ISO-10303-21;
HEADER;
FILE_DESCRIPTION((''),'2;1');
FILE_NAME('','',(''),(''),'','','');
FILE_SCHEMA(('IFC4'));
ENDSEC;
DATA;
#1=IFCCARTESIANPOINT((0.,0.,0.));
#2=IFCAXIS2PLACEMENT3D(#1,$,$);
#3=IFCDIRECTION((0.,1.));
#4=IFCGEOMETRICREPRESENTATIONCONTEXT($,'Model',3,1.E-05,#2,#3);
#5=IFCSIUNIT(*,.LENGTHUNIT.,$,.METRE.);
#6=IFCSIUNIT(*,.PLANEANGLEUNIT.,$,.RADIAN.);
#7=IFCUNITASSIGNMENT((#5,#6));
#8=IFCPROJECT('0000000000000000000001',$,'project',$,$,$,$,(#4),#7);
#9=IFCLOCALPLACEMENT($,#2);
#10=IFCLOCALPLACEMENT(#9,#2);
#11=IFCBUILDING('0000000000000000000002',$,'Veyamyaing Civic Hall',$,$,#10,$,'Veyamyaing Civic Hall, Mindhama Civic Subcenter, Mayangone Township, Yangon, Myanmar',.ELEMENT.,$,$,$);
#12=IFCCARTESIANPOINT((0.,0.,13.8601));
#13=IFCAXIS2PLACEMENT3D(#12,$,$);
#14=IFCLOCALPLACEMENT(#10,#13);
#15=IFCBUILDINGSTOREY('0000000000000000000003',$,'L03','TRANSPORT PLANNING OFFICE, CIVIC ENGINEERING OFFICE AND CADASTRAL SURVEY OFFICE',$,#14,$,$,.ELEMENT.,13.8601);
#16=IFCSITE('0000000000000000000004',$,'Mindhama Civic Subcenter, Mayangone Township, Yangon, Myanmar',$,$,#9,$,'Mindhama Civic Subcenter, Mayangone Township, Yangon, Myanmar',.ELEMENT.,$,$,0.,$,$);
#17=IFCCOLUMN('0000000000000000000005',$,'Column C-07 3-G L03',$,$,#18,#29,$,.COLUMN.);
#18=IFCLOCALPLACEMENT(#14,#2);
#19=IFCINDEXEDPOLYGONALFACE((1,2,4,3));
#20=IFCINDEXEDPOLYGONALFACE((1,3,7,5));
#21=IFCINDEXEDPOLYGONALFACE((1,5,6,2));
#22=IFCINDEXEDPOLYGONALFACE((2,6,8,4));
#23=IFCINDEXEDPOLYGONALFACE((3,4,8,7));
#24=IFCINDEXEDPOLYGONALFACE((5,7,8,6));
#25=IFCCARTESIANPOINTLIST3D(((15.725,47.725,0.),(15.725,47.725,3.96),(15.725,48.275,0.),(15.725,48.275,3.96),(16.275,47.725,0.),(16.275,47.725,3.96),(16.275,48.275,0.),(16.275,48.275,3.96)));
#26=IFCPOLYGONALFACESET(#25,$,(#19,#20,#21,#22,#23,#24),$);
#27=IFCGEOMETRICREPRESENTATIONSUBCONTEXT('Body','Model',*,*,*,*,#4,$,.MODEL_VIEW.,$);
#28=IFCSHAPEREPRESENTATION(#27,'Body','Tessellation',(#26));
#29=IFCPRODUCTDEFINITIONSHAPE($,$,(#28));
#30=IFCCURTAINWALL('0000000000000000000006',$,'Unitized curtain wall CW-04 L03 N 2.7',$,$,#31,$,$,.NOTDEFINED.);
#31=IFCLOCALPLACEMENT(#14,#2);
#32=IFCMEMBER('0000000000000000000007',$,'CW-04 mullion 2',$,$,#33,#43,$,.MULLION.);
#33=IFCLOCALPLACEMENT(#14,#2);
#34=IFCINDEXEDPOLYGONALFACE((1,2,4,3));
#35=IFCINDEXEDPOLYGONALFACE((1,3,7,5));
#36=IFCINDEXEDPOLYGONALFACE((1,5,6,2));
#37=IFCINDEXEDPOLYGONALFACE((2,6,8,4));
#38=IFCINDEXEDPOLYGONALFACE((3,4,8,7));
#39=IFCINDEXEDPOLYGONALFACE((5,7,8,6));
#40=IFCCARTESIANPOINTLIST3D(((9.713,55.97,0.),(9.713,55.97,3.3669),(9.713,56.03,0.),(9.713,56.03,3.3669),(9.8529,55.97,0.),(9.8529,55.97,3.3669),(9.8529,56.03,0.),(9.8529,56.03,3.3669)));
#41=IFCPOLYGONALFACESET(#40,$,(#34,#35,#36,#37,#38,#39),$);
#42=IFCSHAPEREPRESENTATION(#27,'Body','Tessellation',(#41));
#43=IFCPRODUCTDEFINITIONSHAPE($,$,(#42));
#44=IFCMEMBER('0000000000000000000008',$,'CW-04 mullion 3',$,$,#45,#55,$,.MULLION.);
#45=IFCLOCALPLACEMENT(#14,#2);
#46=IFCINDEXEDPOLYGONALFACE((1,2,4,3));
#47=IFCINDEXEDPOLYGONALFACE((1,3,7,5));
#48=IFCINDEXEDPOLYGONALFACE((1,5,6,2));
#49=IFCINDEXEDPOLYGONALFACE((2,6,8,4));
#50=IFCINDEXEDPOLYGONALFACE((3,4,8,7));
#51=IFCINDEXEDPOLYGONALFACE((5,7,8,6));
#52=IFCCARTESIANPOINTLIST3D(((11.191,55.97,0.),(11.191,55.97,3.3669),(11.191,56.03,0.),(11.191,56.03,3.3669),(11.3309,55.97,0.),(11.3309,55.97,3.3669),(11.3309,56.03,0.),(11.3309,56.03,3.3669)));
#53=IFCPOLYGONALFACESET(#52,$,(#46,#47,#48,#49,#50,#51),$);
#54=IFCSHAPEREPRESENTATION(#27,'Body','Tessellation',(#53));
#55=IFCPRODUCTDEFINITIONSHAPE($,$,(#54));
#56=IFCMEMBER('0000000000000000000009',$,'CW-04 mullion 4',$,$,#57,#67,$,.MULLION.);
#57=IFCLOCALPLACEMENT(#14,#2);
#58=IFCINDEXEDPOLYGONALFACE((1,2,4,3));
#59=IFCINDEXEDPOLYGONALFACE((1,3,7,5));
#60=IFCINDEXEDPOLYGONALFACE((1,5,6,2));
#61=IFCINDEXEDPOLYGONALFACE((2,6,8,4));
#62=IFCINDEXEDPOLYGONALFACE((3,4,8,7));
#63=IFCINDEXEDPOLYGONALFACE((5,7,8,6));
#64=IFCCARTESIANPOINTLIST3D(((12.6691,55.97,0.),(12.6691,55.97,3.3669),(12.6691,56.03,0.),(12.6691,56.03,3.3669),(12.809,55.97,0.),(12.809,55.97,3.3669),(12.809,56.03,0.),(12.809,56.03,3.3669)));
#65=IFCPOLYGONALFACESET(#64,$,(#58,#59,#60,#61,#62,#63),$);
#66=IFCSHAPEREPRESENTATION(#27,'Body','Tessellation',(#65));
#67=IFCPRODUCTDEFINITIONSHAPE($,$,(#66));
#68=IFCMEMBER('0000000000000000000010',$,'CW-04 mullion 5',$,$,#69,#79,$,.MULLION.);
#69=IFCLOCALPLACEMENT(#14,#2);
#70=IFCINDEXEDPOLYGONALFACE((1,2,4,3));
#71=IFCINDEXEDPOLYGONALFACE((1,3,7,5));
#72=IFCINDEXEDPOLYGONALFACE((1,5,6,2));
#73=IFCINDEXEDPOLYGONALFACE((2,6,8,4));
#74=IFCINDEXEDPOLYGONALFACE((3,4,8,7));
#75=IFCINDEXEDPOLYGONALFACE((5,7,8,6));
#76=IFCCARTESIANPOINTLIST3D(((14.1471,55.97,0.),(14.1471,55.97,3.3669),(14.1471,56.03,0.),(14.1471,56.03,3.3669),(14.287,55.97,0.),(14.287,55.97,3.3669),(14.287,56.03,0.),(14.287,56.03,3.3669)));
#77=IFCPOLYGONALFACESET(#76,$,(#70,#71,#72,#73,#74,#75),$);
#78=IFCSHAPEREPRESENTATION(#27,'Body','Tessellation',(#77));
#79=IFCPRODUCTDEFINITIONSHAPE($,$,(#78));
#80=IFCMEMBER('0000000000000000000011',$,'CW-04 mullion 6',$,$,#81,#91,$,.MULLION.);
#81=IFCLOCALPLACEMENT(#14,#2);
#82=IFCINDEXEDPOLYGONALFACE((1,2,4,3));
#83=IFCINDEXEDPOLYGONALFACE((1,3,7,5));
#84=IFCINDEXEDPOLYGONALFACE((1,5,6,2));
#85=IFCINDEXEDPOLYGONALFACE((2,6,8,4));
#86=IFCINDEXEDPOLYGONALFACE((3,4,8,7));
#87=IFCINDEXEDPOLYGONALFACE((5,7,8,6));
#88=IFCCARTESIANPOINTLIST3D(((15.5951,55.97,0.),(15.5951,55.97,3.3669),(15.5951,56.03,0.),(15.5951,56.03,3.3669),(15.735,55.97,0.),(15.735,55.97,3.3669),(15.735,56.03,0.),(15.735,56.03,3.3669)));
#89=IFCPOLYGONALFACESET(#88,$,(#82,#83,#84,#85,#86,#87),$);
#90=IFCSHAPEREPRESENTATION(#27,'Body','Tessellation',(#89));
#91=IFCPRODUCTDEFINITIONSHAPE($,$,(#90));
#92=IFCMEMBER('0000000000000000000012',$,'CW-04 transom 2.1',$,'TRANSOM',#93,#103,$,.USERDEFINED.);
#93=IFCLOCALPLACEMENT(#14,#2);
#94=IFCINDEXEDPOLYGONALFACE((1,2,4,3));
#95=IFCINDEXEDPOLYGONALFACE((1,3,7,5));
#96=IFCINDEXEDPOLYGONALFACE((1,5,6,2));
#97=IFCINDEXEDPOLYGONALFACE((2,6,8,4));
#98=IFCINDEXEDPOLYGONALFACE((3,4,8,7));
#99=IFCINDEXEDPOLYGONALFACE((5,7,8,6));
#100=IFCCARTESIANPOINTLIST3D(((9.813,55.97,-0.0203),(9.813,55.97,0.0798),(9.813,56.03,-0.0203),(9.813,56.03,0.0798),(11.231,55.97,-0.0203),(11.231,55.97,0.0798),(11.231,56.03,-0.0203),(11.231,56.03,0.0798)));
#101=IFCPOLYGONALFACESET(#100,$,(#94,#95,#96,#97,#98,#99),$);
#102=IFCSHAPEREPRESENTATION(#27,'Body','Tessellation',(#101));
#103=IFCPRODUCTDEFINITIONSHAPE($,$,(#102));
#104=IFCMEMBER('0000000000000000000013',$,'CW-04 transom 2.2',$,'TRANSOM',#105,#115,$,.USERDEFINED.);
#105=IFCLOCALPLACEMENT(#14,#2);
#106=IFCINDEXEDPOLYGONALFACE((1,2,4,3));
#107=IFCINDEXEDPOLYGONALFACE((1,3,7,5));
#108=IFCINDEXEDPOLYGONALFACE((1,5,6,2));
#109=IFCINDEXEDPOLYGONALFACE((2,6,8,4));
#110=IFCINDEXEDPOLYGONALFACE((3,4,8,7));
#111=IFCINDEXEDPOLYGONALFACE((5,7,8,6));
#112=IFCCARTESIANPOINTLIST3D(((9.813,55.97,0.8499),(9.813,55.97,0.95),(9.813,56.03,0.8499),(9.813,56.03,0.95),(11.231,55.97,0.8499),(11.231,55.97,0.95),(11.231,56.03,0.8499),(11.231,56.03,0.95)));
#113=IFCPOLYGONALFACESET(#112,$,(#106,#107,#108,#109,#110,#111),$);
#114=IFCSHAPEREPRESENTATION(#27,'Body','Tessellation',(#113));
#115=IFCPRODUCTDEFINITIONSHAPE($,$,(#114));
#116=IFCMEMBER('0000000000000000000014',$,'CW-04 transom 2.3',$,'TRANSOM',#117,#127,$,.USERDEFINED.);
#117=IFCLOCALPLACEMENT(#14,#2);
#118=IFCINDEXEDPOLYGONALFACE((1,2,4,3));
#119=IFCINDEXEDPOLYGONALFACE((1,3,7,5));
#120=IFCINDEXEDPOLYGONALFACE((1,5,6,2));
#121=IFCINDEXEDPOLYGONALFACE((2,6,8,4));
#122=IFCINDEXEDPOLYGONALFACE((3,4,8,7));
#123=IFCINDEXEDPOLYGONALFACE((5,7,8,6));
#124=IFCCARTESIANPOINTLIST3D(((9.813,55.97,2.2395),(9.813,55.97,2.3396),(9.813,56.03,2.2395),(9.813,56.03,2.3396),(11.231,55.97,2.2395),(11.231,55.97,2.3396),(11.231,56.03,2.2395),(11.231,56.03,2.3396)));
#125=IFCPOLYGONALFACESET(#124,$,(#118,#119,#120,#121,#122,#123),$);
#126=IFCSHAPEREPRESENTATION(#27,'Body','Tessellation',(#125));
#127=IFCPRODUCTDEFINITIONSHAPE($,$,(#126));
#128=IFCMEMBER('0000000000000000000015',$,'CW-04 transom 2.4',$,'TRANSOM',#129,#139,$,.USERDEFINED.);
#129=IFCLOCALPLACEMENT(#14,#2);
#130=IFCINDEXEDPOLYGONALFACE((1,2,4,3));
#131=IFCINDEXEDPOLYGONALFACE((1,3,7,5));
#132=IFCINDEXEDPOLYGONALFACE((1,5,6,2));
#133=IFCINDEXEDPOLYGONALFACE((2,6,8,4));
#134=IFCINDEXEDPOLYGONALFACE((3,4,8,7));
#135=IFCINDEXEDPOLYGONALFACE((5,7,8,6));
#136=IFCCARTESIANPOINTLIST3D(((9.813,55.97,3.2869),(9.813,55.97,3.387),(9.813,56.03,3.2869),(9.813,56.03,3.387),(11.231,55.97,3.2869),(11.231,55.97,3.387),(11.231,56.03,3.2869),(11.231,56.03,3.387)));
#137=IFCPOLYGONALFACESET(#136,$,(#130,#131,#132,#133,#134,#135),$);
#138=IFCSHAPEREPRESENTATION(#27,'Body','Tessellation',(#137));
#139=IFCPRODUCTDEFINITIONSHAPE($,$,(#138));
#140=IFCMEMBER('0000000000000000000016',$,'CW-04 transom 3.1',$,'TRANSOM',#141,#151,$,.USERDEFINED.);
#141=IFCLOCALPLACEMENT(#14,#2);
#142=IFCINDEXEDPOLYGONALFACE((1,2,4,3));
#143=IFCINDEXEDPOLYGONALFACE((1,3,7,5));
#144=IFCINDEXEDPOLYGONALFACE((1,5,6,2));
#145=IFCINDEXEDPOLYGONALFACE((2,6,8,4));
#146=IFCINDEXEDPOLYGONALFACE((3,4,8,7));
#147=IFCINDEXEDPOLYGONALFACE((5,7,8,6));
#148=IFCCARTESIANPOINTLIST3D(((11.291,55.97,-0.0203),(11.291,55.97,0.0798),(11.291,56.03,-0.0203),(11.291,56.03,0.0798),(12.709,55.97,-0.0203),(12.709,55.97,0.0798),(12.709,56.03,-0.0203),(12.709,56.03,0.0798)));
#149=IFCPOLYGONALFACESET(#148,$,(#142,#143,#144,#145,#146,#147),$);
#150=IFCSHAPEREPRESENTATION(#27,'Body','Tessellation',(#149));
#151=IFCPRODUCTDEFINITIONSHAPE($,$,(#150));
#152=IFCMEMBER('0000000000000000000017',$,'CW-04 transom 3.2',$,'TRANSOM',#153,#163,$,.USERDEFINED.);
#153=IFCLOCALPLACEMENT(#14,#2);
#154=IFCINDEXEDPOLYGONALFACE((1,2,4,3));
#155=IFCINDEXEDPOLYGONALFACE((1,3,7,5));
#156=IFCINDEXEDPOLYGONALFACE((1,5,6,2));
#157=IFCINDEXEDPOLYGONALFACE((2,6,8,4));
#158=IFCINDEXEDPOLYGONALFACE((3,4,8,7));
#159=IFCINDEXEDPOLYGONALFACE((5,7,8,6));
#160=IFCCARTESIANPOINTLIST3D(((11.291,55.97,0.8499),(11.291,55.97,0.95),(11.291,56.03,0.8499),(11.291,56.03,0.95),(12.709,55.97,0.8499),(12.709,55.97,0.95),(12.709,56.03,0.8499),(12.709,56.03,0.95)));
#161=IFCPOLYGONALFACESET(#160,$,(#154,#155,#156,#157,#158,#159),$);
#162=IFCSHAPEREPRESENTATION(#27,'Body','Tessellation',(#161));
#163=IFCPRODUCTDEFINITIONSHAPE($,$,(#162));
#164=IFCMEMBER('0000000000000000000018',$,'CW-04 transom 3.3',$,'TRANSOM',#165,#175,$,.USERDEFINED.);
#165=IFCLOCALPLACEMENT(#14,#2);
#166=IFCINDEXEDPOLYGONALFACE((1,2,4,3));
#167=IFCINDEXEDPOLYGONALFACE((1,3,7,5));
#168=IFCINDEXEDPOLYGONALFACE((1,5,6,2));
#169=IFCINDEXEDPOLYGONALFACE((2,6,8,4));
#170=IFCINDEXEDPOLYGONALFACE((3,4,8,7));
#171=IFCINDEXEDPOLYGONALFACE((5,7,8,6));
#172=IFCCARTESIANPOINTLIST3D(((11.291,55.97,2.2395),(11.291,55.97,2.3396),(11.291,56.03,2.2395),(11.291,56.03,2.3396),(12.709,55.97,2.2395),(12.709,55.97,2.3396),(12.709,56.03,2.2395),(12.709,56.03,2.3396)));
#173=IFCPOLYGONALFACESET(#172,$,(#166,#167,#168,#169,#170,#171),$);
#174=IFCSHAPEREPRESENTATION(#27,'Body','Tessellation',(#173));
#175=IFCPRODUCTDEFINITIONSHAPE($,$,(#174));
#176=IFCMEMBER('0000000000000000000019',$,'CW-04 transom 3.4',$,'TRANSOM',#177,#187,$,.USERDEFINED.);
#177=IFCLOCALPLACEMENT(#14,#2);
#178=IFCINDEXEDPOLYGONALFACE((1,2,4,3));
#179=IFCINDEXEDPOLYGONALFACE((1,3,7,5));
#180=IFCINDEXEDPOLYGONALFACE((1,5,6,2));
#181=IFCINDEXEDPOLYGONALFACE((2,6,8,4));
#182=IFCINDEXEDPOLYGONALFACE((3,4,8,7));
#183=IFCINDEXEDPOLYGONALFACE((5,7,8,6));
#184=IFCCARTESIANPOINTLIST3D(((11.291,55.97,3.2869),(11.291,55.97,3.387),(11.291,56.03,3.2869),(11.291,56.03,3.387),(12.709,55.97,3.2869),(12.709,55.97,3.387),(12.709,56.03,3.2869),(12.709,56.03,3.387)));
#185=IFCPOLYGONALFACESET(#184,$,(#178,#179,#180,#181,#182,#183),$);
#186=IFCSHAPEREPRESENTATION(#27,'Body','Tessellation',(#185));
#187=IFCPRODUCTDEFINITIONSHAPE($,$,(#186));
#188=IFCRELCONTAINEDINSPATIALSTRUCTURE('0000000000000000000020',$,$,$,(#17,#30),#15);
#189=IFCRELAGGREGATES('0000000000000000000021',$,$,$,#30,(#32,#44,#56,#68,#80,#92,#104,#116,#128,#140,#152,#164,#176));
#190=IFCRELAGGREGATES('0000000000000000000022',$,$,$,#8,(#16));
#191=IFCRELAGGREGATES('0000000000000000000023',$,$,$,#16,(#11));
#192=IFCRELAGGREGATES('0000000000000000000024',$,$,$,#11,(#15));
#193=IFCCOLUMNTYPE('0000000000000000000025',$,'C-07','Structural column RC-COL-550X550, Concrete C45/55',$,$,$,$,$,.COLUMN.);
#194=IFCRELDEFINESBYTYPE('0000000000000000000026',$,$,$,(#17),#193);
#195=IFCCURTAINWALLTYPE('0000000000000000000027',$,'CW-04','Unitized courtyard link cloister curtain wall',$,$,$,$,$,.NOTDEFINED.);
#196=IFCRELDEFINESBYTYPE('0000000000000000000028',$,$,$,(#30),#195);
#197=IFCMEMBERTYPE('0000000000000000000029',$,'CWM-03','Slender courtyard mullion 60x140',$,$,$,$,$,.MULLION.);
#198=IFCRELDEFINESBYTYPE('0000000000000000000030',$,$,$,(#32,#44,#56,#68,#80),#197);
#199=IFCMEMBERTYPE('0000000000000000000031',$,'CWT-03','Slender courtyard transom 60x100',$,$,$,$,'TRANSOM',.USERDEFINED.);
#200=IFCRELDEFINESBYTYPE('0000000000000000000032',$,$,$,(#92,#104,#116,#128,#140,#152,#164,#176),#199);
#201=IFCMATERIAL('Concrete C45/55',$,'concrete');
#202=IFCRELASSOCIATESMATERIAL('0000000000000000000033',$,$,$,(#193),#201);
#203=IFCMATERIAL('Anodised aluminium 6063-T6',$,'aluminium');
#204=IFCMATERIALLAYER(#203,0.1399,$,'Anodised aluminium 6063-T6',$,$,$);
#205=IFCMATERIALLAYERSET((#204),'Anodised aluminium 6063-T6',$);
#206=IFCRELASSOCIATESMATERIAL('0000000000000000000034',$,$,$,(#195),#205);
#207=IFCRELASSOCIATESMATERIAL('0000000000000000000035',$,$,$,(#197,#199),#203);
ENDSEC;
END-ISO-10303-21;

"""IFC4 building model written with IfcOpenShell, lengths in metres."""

from ifc_helpers import new_model, si_unit, direction, frame, origin, origin_2d, place, context, subcontext, project, spatial, rectangle, extrude, material, layer, layer_set, material_profile, profile_set, type_object, element, aggregate, save


model = new_model("IFC4")

# Units and contexts
model_context = context("Model", 3, precision=1e-05, world=origin(), true_north=direction((0.0, 1.0)))
body_context = subcontext(model_context, "Body", "Model", "MODEL_VIEW")
ifc_project = project(units=[si_unit("LENGTHUNIT", "METRE"), si_unit("PLANEANGLEUNIT", "RADIAN")], contexts=[model_context])

# Site, building, storey
site_placement = place(None, origin())
site = spatial("IfcSite", under=ifc_project, at=site_placement, Name="Mindhama Civic Subcenter, Mayangone Township, Yangon, Myanmar", LongName="Mindhama Civic Subcenter, Mayangone Township, Yangon, Myanmar", CompositionType="ELEMENT", RefElevation=0.0)
building_placement = place(site_placement, origin())
building = spatial("IfcBuilding", under=site, at=building_placement, Name="Veyamyaing Civic Hall", LongName="Veyamyaing Civic Hall, Mindhama Civic Subcenter, Mayangone Township, Yangon, Myanmar", CompositionType="ELEMENT")
storey_placement = place(building_placement, frame((0.0, 0.0, 13.8601)))
storey = spatial("IfcBuildingStorey", under=building, at=storey_placement, Name="L03", Description="TRANSPORT PLANNING OFFICE, CIVIC ENGINEERING OFFICE AND CADASTRAL SURVEY OFFICE", CompositionType="ELEMENT", Elevation=13.8601)

# Column
ifc_material_1 = material(Name="Concrete C45/55", Category="concrete")
ifc_material_profile_1 = material_profile(ifc_material_1, rectangle(XDim=0.55, YDim=0.55, at=origin_2d()), Name="RC-COL-550X550")
ifc_profile_set_1 = profile_set([ifc_material_profile_1], Name="Concrete C45/55")
column_type = type_object("IfcColumnType", Name="C-07", Description="Structural column RC-COL-550X550, Concrete C45/55", PredefinedType="COLUMN", material=ifc_profile_set_1)
column_placement = place(storey_placement, frame((16.0, 48.0, 0.0), z_axis=(0.0, 0.0, 1.0), x_axis=(1.0, 0.0, 0.0)))
element("IfcColumn", 1, at=column_placement, inside=storey, type_object=column_type, Name="Column C-07 3-G L03", PredefinedType="COLUMN", context=body_context, shape_type="SweptSolid", body=[
    extrude(rectangle(XDim=0.55, YDim=0.55, at=origin_2d()), origin(), (0.0, 0.0, 1.0), 3.96),
])

# Curtain wall, members
ifc_material_2 = material(Name="Anodised aluminium 6063-T6", Category="aluminium")
ifc_layer_1 = layer(ifc_material_2, 0.1399, Name="Anodised aluminium 6063-T6")
ifc_layer_set_1 = layer_set([ifc_layer_1], Name="Anodised aluminium 6063-T6")
curtain_wall_type = type_object("IfcCurtainWallType", Name="CW-04", Description="Unitized courtyard link cloister curtain wall", PredefinedType="NOTDEFINED", material=ifc_layer_set_1)
curtain_wall_placement = place(storey_placement, origin())
curtain_wall = element("IfcCurtainWall", 2, at=curtain_wall_placement, inside=storey, type_object=curtain_wall_type, Name="Unitized curtain wall CW-04 L03 N 2.7", PredefinedType="NOTDEFINED")
ifc_material_profile_2 = material_profile(ifc_material_2, rectangle(XDim=0.0601, YDim=0.1399, at=origin_2d()), Name="ALU-MUL-60X140")
ifc_profile_set_2 = profile_set([ifc_material_profile_2], Name="Anodised aluminium 6063-T6")
member_type_1 = type_object("IfcMemberType", Name="CWM-03", Description="Slender courtyard mullion 60x140", PredefinedType="MULLION", material=ifc_profile_set_2)
member_1_placement = place(storey_placement, frame((9.783, 56.0, 0.0), z_axis=(0.0, 0.0, 1.0), x_axis=(0.0, 1.0, 0.0)))
member_1 = element("IfcMember", 3, at=member_1_placement, type_object=member_type_1, Name="CW-04 mullion 2", PredefinedType="MULLION", context=body_context, shape_type="SweptSolid", body=[
    extrude(rectangle(XDim=0.0601, YDim=0.1399, at=origin_2d()), origin(), (0.0, 0.0, 1.0), 3.3669),
])
member_2_placement = place(storey_placement, frame((11.261, 56.0, 0.0), z_axis=(0.0, 0.0, 1.0), x_axis=(0.0, 1.0, 0.0)))
member_2 = element("IfcMember", 4, at=member_2_placement, type_object=member_type_1, Name="CW-04 mullion 3", PredefinedType="MULLION", context=body_context, shape_type="SweptSolid", body=[
    extrude(rectangle(XDim=0.0601, YDim=0.1399, at=origin_2d()), origin(), (0.0, 0.0, 1.0), 3.3669),
])
member_3_placement = place(storey_placement, frame((12.739, 56.0, 0.0), z_axis=(0.0, 0.0, 1.0), x_axis=(0.0, 1.0, 0.0)))
member_3 = element("IfcMember", 5, at=member_3_placement, type_object=member_type_1, Name="CW-04 mullion 4", PredefinedType="MULLION", context=body_context, shape_type="SweptSolid", body=[
    extrude(rectangle(XDim=0.0601, YDim=0.1399, at=origin_2d()), origin(), (0.0, 0.0, 1.0), 3.3669),
])
member_4_placement = place(storey_placement, frame((14.217, 56.0, 0.0), z_axis=(0.0, 0.0, 1.0), x_axis=(0.0, 1.0, 0.0)))
member_4 = element("IfcMember", 6, at=member_4_placement, type_object=member_type_1, Name="CW-04 mullion 5", PredefinedType="MULLION", context=body_context, shape_type="SweptSolid", body=[
    extrude(rectangle(XDim=0.0601, YDim=0.1399, at=origin_2d()), origin(), (0.0, 0.0, 1.0), 3.3669),
])
member_5_placement = place(storey_placement, frame((15.665, 56.0, 0.0), z_axis=(0.0, 0.0, 1.0), x_axis=(0.0, 1.0, 0.0)))
member_5 = element("IfcMember", 7, at=member_5_placement, type_object=member_type_1, Name="CW-04 mullion 6", PredefinedType="MULLION", context=body_context, shape_type="SweptSolid", body=[
    extrude(rectangle(XDim=0.0601, YDim=0.1399, at=origin_2d()), origin(), (0.0, 0.0, 1.0), 3.3669),
])
ifc_material_profile_3 = material_profile(ifc_material_2, rectangle(XDim=0.0601, YDim=0.1001, at=origin_2d()), Name="ALU-TRN-60X100")
ifc_profile_set_3 = profile_set([ifc_material_profile_3], Name="Anodised aluminium 6063-T6")
member_type_2 = type_object("IfcMemberType", Name="CWT-03", Description="Slender courtyard transom 60x100", ElementType="TRANSOM", PredefinedType="USERDEFINED", material=ifc_profile_set_3)
member_6_placement = place(storey_placement, frame((9.813, 56.0, 0.0298), z_axis=(1.0, 0.0, 0.0), x_axis=(0.0, 1.0, 0.0)))
member_6 = element("IfcMember", 8, at=member_6_placement, type_object=member_type_2, Name="CW-04 transom 2.1", ObjectType="TRANSOM", PredefinedType="USERDEFINED", context=body_context, shape_type="SweptSolid", body=[
    extrude(rectangle(XDim=0.0601, YDim=0.1001, at=origin_2d()), origin(), (0.0, 0.0, 1.0), 1.418),
])
member_7_placement = place(storey_placement, frame((9.813, 56.0, 0.8999), z_axis=(1.0, 0.0, 0.0), x_axis=(0.0, 1.0, 0.0)))
member_7 = element("IfcMember", 9, at=member_7_placement, type_object=member_type_2, Name="CW-04 transom 2.2", ObjectType="TRANSOM", PredefinedType="USERDEFINED", context=body_context, shape_type="SweptSolid", body=[
    extrude(rectangle(XDim=0.0601, YDim=0.1001, at=origin_2d()), origin(), (0.0, 0.0, 1.0), 1.418),
])
member_8_placement = place(storey_placement, frame((9.813, 56.0, 2.2896), z_axis=(1.0, 0.0, 0.0), x_axis=(0.0, 1.0, 0.0)))
member_8 = element("IfcMember", 10, at=member_8_placement, type_object=member_type_2, Name="CW-04 transom 2.3", ObjectType="TRANSOM", PredefinedType="USERDEFINED", context=body_context, shape_type="SweptSolid", body=[
    extrude(rectangle(XDim=0.0601, YDim=0.1001, at=origin_2d()), origin(), (0.0, 0.0, 1.0), 1.418),
])
member_9_placement = place(storey_placement, frame((9.813, 56.0, 3.3369), z_axis=(1.0, 0.0, 0.0), x_axis=(0.0, 1.0, 0.0)))
member_9 = element("IfcMember", 11, at=member_9_placement, type_object=member_type_2, Name="CW-04 transom 2.4", ObjectType="TRANSOM", PredefinedType="USERDEFINED", context=body_context, shape_type="SweptSolid", body=[
    extrude(rectangle(XDim=0.0601, YDim=0.1001, at=origin_2d()), origin(), (0.0, 0.0, 1.0), 1.418),
])
member_10_placement = place(storey_placement, frame((11.291, 56.0, 0.0298), z_axis=(1.0, 0.0, 0.0), x_axis=(0.0, 1.0, 0.0)))
member_10 = element("IfcMember", 12, at=member_10_placement, type_object=member_type_2, Name="CW-04 transom 3.1", ObjectType="TRANSOM", PredefinedType="USERDEFINED", context=body_context, shape_type="SweptSolid", body=[
    extrude(rectangle(XDim=0.0601, YDim=0.1001, at=origin_2d()), origin(), (0.0, 0.0, 1.0), 1.418),
])
member_11_placement = place(storey_placement, frame((11.291, 56.0, 0.8999), z_axis=(1.0, 0.0, 0.0), x_axis=(0.0, 1.0, 0.0)))
member_11 = element("IfcMember", 13, at=member_11_placement, type_object=member_type_2, Name="CW-04 transom 3.2", ObjectType="TRANSOM", PredefinedType="USERDEFINED", context=body_context, shape_type="SweptSolid", body=[
    extrude(rectangle(XDim=0.0601, YDim=0.1001, at=origin_2d()), origin(), (0.0, 0.0, 1.0), 1.418),
])
member_12_placement = place(storey_placement, frame((11.291, 56.0, 2.2896), z_axis=(1.0, 0.0, 0.0), x_axis=(0.0, 1.0, 0.0)))
member_12 = element("IfcMember", 14, at=member_12_placement, type_object=member_type_2, Name="CW-04 transom 3.3", ObjectType="TRANSOM", PredefinedType="USERDEFINED", context=body_context, shape_type="SweptSolid", body=[
    extrude(rectangle(XDim=0.0601, YDim=0.1001, at=origin_2d()), origin(), (0.0, 0.0, 1.0), 1.418),
])
member_13_placement = place(storey_placement, frame((11.291, 56.0, 3.3369), z_axis=(1.0, 0.0, 0.0), x_axis=(0.0, 1.0, 0.0)))
member_13 = element("IfcMember", 15, at=member_13_placement, type_object=member_type_2, Name="CW-04 transom 3.4", ObjectType="TRANSOM", PredefinedType="USERDEFINED", context=body_context, shape_type="SweptSolid", body=[
    extrude(rectangle(XDim=0.0601, YDim=0.1001, at=origin_2d()), origin(), (0.0, 0.0, 1.0), 1.418),
])
aggregate(curtain_wall, [member_1, member_2, member_3, member_4, member_5, member_6, member_7, member_8, member_9, member_10, member_11, member_12, member_13])

save(model, "model.ifc")
